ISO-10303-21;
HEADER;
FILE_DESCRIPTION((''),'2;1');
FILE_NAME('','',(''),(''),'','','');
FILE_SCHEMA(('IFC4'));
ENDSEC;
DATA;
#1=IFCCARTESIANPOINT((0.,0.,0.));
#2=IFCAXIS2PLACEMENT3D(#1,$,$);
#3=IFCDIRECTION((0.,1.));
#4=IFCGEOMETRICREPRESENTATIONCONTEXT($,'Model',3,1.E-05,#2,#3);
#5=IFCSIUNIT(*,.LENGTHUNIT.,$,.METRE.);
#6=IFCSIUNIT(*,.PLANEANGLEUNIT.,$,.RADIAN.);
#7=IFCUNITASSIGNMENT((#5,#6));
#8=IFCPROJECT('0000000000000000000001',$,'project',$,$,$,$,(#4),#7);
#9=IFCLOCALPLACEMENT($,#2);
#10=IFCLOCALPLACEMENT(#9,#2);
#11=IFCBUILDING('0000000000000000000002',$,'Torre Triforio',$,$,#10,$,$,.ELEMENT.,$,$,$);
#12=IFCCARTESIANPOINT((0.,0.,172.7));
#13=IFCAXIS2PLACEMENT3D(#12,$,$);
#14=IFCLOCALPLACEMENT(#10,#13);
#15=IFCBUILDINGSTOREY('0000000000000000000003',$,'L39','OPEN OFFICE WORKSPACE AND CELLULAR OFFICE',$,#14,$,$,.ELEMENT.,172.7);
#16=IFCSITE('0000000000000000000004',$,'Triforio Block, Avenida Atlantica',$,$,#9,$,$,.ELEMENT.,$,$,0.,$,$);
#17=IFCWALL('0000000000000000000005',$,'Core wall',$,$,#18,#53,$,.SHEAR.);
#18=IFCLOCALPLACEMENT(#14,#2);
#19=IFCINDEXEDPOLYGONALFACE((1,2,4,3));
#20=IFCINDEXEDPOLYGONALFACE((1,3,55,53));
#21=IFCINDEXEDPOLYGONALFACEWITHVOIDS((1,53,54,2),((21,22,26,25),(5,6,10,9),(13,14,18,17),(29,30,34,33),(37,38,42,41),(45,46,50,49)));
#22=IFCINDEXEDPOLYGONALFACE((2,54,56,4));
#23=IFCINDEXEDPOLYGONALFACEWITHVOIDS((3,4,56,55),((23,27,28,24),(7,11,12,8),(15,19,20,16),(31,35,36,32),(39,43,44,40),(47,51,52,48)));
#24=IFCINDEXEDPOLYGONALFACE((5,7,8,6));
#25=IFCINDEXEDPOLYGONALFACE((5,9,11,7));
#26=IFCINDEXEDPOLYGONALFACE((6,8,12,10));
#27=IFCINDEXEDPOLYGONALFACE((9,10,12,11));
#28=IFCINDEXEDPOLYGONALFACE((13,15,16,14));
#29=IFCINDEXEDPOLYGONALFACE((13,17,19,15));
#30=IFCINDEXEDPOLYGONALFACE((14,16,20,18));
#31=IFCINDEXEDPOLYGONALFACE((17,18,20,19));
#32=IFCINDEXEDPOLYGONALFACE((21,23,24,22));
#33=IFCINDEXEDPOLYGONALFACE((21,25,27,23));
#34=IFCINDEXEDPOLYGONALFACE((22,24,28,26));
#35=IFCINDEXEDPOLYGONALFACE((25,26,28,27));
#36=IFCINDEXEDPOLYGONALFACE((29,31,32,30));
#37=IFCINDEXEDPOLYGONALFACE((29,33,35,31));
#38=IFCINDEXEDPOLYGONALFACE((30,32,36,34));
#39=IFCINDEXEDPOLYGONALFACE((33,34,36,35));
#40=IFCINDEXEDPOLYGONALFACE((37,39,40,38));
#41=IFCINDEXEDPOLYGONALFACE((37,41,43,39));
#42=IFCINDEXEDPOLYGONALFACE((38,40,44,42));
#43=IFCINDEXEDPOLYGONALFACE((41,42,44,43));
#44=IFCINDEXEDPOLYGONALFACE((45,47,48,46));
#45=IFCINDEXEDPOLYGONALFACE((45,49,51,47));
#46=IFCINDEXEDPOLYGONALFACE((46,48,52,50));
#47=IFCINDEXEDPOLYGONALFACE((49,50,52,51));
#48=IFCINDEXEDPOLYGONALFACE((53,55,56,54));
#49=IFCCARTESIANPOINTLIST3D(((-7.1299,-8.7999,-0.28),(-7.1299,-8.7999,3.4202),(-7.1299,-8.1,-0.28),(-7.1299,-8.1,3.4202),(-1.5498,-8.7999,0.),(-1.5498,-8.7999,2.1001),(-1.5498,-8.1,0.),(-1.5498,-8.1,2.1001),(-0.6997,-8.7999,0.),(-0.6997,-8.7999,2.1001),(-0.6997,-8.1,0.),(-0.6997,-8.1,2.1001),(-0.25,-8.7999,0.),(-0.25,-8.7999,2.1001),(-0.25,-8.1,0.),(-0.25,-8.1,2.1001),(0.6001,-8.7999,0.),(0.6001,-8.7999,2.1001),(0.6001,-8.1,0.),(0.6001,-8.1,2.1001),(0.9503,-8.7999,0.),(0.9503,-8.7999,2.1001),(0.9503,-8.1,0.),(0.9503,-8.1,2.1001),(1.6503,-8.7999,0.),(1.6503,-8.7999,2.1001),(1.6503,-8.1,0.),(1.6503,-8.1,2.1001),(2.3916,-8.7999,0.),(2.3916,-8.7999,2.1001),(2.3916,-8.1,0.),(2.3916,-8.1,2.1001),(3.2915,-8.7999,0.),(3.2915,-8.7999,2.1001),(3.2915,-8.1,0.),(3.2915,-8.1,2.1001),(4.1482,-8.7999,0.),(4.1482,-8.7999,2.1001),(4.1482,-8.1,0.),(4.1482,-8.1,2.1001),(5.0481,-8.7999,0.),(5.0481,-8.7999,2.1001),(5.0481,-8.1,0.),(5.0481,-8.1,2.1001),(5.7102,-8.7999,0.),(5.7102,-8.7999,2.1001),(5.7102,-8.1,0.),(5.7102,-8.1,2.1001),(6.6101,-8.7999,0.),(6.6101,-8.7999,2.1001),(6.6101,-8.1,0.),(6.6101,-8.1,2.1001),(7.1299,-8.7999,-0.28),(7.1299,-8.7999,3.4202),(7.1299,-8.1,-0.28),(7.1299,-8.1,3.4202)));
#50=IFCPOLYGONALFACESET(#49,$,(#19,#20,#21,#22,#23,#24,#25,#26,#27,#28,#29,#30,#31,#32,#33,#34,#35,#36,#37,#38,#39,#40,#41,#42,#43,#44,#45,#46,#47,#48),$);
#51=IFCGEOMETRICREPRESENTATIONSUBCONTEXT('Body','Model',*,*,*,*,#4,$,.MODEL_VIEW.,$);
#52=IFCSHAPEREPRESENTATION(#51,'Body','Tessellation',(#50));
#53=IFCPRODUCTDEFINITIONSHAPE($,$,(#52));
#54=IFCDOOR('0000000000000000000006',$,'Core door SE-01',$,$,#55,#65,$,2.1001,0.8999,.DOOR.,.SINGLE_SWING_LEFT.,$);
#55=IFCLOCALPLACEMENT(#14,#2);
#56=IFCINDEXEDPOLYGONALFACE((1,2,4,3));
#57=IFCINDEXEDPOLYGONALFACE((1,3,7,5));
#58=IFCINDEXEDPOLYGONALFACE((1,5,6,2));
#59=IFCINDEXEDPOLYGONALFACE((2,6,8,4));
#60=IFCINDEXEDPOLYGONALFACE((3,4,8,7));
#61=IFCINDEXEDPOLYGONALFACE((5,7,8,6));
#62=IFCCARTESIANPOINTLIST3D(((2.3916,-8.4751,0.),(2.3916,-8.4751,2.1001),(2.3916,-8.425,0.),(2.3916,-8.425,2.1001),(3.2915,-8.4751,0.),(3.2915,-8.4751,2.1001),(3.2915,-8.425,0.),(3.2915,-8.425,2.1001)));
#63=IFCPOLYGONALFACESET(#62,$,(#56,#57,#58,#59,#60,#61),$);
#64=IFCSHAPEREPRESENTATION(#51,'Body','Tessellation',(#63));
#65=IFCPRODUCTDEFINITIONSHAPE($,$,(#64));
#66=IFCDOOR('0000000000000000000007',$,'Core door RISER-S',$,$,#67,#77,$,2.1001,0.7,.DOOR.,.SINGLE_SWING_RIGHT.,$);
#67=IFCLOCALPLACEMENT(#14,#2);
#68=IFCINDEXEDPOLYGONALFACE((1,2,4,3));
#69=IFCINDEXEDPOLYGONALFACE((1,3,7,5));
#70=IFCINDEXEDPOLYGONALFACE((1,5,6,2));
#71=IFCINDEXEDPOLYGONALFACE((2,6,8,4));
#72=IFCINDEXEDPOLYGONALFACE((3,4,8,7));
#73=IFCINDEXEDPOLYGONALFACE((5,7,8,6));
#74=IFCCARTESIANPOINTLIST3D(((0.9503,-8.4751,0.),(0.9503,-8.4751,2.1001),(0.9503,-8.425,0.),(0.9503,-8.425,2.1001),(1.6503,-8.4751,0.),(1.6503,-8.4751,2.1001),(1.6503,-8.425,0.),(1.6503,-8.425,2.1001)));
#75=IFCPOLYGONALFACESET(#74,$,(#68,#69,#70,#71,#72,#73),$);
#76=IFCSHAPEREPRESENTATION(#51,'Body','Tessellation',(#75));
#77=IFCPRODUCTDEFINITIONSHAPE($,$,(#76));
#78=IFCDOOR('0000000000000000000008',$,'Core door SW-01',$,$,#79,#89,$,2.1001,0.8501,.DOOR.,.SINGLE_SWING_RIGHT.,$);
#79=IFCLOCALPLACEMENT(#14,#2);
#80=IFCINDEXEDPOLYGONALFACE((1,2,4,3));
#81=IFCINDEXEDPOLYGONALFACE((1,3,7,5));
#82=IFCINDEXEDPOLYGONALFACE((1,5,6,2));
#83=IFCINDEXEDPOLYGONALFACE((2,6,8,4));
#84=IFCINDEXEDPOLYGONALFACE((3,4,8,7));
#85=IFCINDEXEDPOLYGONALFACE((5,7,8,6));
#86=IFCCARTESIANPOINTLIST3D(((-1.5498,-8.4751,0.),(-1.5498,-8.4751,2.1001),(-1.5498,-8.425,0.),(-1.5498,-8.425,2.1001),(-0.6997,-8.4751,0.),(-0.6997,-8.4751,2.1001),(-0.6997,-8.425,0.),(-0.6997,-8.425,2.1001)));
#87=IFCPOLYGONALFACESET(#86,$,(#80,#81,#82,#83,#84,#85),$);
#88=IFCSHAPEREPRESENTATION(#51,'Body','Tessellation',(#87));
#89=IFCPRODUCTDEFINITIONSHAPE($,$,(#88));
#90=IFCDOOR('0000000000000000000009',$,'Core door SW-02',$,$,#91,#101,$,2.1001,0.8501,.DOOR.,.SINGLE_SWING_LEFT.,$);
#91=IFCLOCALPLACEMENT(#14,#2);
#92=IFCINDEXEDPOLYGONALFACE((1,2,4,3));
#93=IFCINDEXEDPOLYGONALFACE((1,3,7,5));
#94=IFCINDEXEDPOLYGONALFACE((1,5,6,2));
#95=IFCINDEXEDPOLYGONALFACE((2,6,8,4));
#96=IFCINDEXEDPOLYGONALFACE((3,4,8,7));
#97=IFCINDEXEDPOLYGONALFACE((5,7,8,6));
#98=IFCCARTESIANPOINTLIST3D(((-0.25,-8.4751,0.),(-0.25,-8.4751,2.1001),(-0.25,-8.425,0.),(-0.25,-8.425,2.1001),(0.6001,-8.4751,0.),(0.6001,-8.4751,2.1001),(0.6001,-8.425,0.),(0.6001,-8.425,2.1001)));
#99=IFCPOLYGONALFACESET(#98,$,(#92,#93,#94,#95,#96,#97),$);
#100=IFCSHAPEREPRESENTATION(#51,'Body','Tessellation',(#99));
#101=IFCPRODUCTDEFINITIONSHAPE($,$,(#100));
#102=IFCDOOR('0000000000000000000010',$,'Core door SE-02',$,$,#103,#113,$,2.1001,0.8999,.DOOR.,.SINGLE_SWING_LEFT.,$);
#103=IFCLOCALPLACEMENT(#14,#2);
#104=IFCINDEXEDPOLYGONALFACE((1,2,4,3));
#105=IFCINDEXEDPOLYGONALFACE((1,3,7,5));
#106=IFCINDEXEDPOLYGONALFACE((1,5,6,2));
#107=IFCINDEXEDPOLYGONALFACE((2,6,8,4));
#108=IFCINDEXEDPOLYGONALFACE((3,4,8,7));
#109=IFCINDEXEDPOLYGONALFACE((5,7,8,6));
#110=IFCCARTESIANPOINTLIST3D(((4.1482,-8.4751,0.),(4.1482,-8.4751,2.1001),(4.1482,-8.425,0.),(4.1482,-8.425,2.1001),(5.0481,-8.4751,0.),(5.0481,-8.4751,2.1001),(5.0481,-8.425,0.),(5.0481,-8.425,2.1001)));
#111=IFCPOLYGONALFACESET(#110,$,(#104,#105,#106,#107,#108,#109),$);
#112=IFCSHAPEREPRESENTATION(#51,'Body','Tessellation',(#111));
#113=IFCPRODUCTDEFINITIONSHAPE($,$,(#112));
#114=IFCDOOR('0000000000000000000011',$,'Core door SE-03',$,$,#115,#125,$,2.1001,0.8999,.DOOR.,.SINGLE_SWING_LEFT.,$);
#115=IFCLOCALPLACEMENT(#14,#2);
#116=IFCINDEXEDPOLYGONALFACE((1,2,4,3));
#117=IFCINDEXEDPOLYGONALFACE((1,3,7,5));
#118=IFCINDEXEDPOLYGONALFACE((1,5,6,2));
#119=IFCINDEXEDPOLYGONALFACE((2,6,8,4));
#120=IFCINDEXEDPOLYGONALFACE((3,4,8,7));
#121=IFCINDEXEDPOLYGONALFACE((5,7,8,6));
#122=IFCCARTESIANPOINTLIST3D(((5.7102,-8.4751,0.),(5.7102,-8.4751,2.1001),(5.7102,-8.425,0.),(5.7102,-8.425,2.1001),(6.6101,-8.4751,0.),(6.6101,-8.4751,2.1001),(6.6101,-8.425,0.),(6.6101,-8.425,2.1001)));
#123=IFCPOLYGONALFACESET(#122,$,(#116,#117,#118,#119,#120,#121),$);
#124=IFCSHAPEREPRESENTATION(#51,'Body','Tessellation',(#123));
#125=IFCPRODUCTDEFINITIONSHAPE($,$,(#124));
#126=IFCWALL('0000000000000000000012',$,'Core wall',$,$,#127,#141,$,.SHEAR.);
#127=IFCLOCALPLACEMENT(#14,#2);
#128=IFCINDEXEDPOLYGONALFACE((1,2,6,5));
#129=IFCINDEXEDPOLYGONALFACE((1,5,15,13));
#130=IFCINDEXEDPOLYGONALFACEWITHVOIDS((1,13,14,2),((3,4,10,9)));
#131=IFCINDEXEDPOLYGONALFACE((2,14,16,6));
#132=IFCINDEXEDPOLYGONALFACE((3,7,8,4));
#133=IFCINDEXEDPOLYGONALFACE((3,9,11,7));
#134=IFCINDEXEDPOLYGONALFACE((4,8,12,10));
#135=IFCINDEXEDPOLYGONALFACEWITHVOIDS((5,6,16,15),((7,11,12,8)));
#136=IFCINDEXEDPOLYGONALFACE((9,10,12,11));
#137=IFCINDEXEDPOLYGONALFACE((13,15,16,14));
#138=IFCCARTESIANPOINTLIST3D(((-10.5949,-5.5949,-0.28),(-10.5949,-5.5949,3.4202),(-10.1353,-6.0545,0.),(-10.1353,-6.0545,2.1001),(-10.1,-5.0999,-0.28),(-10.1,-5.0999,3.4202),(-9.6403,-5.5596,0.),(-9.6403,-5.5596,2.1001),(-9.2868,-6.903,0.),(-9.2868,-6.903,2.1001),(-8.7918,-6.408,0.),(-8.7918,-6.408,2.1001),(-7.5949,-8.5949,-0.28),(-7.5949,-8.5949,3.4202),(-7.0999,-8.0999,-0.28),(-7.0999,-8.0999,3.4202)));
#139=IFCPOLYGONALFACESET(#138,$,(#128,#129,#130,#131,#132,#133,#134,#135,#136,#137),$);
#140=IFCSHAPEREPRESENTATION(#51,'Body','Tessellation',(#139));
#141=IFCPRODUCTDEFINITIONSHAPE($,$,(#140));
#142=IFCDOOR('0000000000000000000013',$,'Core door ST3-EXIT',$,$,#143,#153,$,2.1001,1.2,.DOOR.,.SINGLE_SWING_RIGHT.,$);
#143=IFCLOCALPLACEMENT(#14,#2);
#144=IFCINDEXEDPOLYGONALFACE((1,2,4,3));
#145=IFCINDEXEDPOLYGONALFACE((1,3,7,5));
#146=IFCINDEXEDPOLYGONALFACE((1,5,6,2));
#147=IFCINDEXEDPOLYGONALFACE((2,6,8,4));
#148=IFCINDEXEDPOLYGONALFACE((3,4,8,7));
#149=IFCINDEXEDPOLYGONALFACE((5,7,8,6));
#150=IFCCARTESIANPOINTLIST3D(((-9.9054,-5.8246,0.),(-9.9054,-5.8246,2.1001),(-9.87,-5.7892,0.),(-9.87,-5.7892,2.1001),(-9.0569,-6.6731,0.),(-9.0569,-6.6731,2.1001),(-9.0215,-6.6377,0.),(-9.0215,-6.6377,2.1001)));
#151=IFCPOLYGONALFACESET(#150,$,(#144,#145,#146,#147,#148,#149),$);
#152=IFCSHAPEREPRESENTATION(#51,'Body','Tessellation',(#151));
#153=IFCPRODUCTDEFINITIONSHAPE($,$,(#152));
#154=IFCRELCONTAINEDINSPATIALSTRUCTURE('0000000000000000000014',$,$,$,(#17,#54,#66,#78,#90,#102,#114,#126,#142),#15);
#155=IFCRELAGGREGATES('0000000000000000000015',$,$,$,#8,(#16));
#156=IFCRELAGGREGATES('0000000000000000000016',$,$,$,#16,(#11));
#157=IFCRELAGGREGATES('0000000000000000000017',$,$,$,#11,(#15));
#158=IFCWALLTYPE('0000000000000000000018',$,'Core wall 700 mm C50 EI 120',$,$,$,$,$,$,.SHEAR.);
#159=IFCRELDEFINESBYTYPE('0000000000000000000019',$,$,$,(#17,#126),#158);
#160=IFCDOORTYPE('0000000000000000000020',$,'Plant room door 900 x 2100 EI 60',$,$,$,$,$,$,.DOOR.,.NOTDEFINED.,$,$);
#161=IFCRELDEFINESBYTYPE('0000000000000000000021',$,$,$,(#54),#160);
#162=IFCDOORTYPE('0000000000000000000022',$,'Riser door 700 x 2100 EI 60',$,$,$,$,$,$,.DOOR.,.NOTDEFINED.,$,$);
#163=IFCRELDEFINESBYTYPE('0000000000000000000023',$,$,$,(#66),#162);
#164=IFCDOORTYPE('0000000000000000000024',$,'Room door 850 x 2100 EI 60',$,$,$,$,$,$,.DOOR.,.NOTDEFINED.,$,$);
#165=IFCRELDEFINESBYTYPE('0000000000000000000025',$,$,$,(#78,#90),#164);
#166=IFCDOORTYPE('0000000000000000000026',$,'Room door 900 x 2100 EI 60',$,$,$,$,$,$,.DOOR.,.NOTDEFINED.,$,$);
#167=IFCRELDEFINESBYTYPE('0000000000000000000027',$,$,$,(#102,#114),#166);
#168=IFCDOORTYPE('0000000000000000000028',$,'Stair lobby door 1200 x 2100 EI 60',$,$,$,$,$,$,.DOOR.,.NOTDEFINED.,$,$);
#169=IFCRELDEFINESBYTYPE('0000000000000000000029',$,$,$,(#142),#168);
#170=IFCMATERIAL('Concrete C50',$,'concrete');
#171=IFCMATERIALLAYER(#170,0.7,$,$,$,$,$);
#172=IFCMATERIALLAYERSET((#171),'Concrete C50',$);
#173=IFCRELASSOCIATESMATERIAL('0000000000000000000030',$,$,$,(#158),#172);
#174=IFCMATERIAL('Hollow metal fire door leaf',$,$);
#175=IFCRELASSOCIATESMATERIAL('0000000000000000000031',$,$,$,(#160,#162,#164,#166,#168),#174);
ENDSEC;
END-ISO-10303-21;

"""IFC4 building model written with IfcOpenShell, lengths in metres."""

from ifc_helpers import new_model, si_unit, direction, frame, frame_2d, origin, place, context, subcontext, project, spatial, rectangle, extrude, material, layer, layer_set, type_object, element, fill, save


model = new_model("IFC4")

# Units and contexts
model_context = context("Model", 3, precision=1e-05, world=origin(), true_north=direction((0.0, 1.0)))
body_context = subcontext(model_context, "Body", "Model", "MODEL_VIEW")
ifc_project = project(units=[si_unit("LENGTHUNIT", "METRE"), si_unit("PLANEANGLEUNIT", "RADIAN")], contexts=[model_context])

# Site, building, storey
site_placement = place(None, origin())
site = spatial("IfcSite", under=ifc_project, at=site_placement, Name="Triforio Block, Avenida Atlantica", CompositionType="ELEMENT", RefElevation=0.0)
building_placement = place(site_placement, origin())
building = spatial("IfcBuilding", under=site, at=building_placement, Name="Torre Triforio", CompositionType="ELEMENT")
storey_placement = place(building_placement, frame((0.0, 0.0, 172.7)))
storey = spatial("IfcBuildingStorey", under=building, at=storey_placement, Name="L39", Description="OPEN OFFICE WORKSPACE AND CELLULAR OFFICE", CompositionType="ELEMENT", Elevation=172.7)

# Shared definitions
ifc_material_1 = material(Name="Concrete C50", Category="concrete")

# Wall, openings, doors
ifc_layer_1 = layer(ifc_material_1, 0.7)
ifc_layer_set_1 = layer_set([ifc_layer_1], Name="Concrete C50")
wall_type_1 = type_object("IfcWallType", Name="Core wall 700 mm C50 EI 120", PredefinedType="SHEAR", material=ifc_layer_set_1)
wall_1_placement = place(storey_placement, frame((-7.1299, -8.45, -0.28), z_axis=(0.0, 0.0, 1.0), x_axis=(1.0, 0.0, 0.0)))
wall_1 = element("IfcWall", 1, at=wall_1_placement, inside=storey, type_object=wall_type_1, Name="Core wall", PredefinedType="SHEAR", context=body_context, shape_type="SweptSolid", body=[
    extrude(rectangle(XDim=14.2598, YDim=0.7, at=frame_2d((7.1299, 0.0))), origin(), (0.0, 0.0, 1.0), 3.7002),
])
opening_1_placement = place(wall_1_placement, frame((8.0801, 0.0, 0.28)))
opening_1 = element("IfcOpeningElement", 2, at=opening_1_placement, cuts=wall_1, PredefinedType="OPENING", context=body_context, shape_type="SweptSolid", body=[
    extrude(rectangle(XDim=0.7, YDim=2.1001, at=frame_2d((0.3501, 1.05))), frame((0.0, 0.3599, 0.0), z_axis=(0.0, -1.0, 0.0), x_axis=(1.0, 0.0, 0.0)), (0.0, 0.0, 1.0), 0.72),
])
opening_2_placement = place(wall_1_placement, frame((5.5801, 0.0, 0.28)))
opening_2 = element("IfcOpeningElement", 3, at=opening_2_placement, cuts=wall_1, PredefinedType="OPENING", context=body_context, shape_type="SweptSolid", body=[
    extrude(rectangle(XDim=0.8501, YDim=2.1001, at=frame_2d((0.425, 1.05))), frame((0.0, 0.3599, 0.0), z_axis=(0.0, -1.0, 0.0), x_axis=(1.0, 0.0, 0.0)), (0.0, 0.0, 1.0), 0.72),
])
opening_3_placement = place(wall_1_placement, frame((6.8799, 0.0, 0.28)))
opening_3 = element("IfcOpeningElement", 4, at=opening_3_placement, cuts=wall_1, PredefinedType="OPENING", context=body_context, shape_type="SweptSolid", body=[
    extrude(rectangle(XDim=0.8501, YDim=2.1001, at=frame_2d((0.425, 1.05))), frame((0.0, 0.3599, 0.0), z_axis=(0.0, -1.0, 0.0), x_axis=(1.0, 0.0, 0.0)), (0.0, 0.0, 1.0), 0.72),
])
opening_4_placement = place(wall_1_placement, frame((9.5215, 0.0, 0.28)))
opening_4 = element("IfcOpeningElement", 5, at=opening_4_placement, cuts=wall_1, PredefinedType="OPENING", context=body_context, shape_type="SweptSolid", body=[
    extrude(rectangle(XDim=0.8999, YDim=2.1001, at=frame_2d((0.45, 1.05))), frame((0.0, 0.3599, 0.0), z_axis=(0.0, -1.0, 0.0), x_axis=(1.0, 0.0, 0.0)), (0.0, 0.0, 1.0), 0.72),
])
opening_5_placement = place(wall_1_placement, frame((11.2781, 0.0, 0.28)))
opening_5 = element("IfcOpeningElement", 6, at=opening_5_placement, cuts=wall_1, PredefinedType="OPENING", context=body_context, shape_type="SweptSolid", body=[
    extrude(rectangle(XDim=0.8999, YDim=2.1001, at=frame_2d((0.45, 1.05))), frame((0.0, 0.3599, 0.0), z_axis=(0.0, -1.0, 0.0), x_axis=(1.0, 0.0, 0.0)), (0.0, 0.0, 1.0), 0.72),
])
opening_6_placement = place(wall_1_placement, frame((12.8401, 0.0, 0.28)))
opening_6 = element("IfcOpeningElement", 7, at=opening_6_placement, cuts=wall_1, PredefinedType="OPENING", context=body_context, shape_type="SweptSolid", body=[
    extrude(rectangle(XDim=0.8999, YDim=2.1001, at=frame_2d((0.45, 1.05))), frame((0.0, 0.3599, 0.0), z_axis=(0.0, -1.0, 0.0), x_axis=(1.0, 0.0, 0.0)), (0.0, 0.0, 1.0), 0.72),
])
ifc_material_2 = material(Name="Hollow metal fire door leaf")
door_type_1 = type_object("IfcDoorType", Name="Plant room door 900 x 2100 EI 60", OperationType="NOTDEFINED", PredefinedType="DOOR", material=ifc_material_2)
door_1_placement = place(opening_4_placement, origin())
door_1 = element("IfcDoor", 8, at=door_1_placement, inside=storey, type_object=door_type_1, Name="Core door SE-01", OperationType="SINGLE_SWING_LEFT", OverallHeight=2.1001, OverallWidth=0.8999, PredefinedType="DOOR", context=body_context, shape_type="SweptSolid", body=[
    extrude(rectangle(XDim=0.8999, YDim=2.1001, at=frame_2d((0.45, 1.05))), frame((0.0, 0.0249, 0.0), z_axis=(0.0, -1.0, 0.0), x_axis=(1.0, 0.0, 0.0)), (0.0, 0.0, 1.0), 0.05),
])
fill(opening_4, door_1)
door_type_2 = type_object("IfcDoorType", Name="Riser door 700 x 2100 EI 60", OperationType="NOTDEFINED", PredefinedType="DOOR", material=ifc_material_2)
door_2_placement = place(opening_1_placement, origin())
door_2 = element("IfcDoor", 9, at=door_2_placement, inside=storey, type_object=door_type_2, Name="Core door RISER-S", OperationType="SINGLE_SWING_RIGHT", OverallHeight=2.1001, OverallWidth=0.7, PredefinedType="DOOR", context=body_context, shape_type="SweptSolid", body=[
    extrude(rectangle(XDim=0.7, YDim=2.1001, at=frame_2d((0.3501, 1.05))), frame((0.0, 0.0249, 0.0), z_axis=(0.0, -1.0, 0.0), x_axis=(1.0, 0.0, 0.0)), (0.0, 0.0, 1.0), 0.05),
])
fill(opening_1, door_2)
door_type_3 = type_object("IfcDoorType", Name="Room door 850 x 2100 EI 60", OperationType="NOTDEFINED", PredefinedType="DOOR", material=ifc_material_2)
door_3_placement = place(opening_2_placement, origin())
door_3 = element("IfcDoor", 10, at=door_3_placement, inside=storey, type_object=door_type_3, Name="Core door SW-01", OperationType="SINGLE_SWING_RIGHT", OverallHeight=2.1001, OverallWidth=0.8501, PredefinedType="DOOR", context=body_context, shape_type="SweptSolid", body=[
    extrude(rectangle(XDim=0.8501, YDim=2.1001, at=frame_2d((0.425, 1.05))), frame((0.0, 0.0249, 0.0), z_axis=(0.0, -1.0, 0.0), x_axis=(1.0, 0.0, 0.0)), (0.0, 0.0, 1.0), 0.05),
])
fill(opening_2, door_3)
door_4_placement = place(opening_3_placement, origin())
door_4 = element("IfcDoor", 11, at=door_4_placement, inside=storey, type_object=door_type_3, Name="Core door SW-02", OperationType="SINGLE_SWING_LEFT", OverallHeight=2.1001, OverallWidth=0.8501, PredefinedType="DOOR", context=body_context, shape_type="SweptSolid", body=[
    extrude(rectangle(XDim=0.8501, YDim=2.1001, at=frame_2d((0.425, 1.05))), frame((0.0, 0.0249, 0.0), z_axis=(0.0, -1.0, 0.0), x_axis=(1.0, 0.0, 0.0)), (0.0, 0.0, 1.0), 0.05),
])
fill(opening_3, door_4)
door_type_4 = type_object("IfcDoorType", Name="Room door 900 x 2100 EI 60", OperationType="NOTDEFINED", PredefinedType="DOOR", material=ifc_material_2)
door_5_placement = place(opening_5_placement, origin())
door_5 = element("IfcDoor", 12, at=door_5_placement, inside=storey, type_object=door_type_4, Name="Core door SE-02", OperationType="SINGLE_SWING_LEFT", OverallHeight=2.1001, OverallWidth=0.8999, PredefinedType="DOOR", context=body_context, shape_type="SweptSolid", body=[
    extrude(rectangle(XDim=0.8999, YDim=2.1001, at=frame_2d((0.45, 1.05))), frame((0.0, 0.0249, 0.0), z_axis=(0.0, -1.0, 0.0), x_axis=(1.0, 0.0, 0.0)), (0.0, 0.0, 1.0), 0.05),
])
fill(opening_5, door_5)
door_6_placement = place(opening_6_placement, origin())
door_6 = element("IfcDoor", 13, at=door_6_placement, inside=storey, type_object=door_type_4, Name="Core door SE-03", OperationType="SINGLE_SWING_LEFT", OverallHeight=2.1001, OverallWidth=0.8999, PredefinedType="DOOR", context=body_context, shape_type="SweptSolid", body=[
    extrude(rectangle(XDim=0.8999, YDim=2.1001, at=frame_2d((0.45, 1.05))), frame((0.0, 0.0249, 0.0), z_axis=(0.0, -1.0, 0.0), x_axis=(1.0, 0.0, 0.0)), (0.0, 0.0, 1.0), 0.05),
])
fill(opening_6, door_6)

# Wall, opening, door
wall_2_placement = place(storey_placement, frame((-7.3474, -8.3474, -0.28), z_axis=(0.0, 0.0, 1.0), x_axis=(-0.707107, 0.707107, 0.0)))
wall_2 = element("IfcWall", 14, at=wall_2_placement, inside=storey, type_object=wall_type_1, Name="Core wall", PredefinedType="SHEAR", context=body_context, shape_type="SweptSolid", body=[
    extrude(rectangle(XDim=4.2427, YDim=0.7, at=frame_2d((2.1213, 0.0))), origin(), (0.0, 0.0, 1.0), 3.7002),
])
opening_7_placement = place(wall_2_placement, frame((2.3926, 0.0, 0.28)))
opening_7 = element("IfcOpeningElement", 15, at=opening_7_placement, cuts=wall_2, PredefinedType="OPENING", context=body_context, shape_type="SweptSolid", body=[
    extrude(rectangle(XDim=1.2, YDim=2.1001, at=frame_2d((0.6001, 1.05))), frame((0.0, 0.3599, 0.0), z_axis=(0.0, -1.0, 0.0), x_axis=(1.0, 0.0, 0.0)), (0.0, 0.0, 1.0), 0.72),
])
door_type_5 = type_object("IfcDoorType", Name="Stair lobby door 1200 x 2100 EI 60", OperationType="NOTDEFINED", PredefinedType="DOOR", material=ifc_material_2)
door_7_placement = place(opening_7_placement, origin())
door_7 = element("IfcDoor", 16, at=door_7_placement, inside=storey, type_object=door_type_5, Name="Core door ST3-EXIT", OperationType="SINGLE_SWING_RIGHT", OverallHeight=2.1001, OverallWidth=1.2, PredefinedType="DOOR", context=body_context, shape_type="SweptSolid", body=[
    extrude(rectangle(XDim=1.2, YDim=2.1001, at=frame_2d((0.6001, 1.05))), frame((0.0, 0.0249, 0.0), z_axis=(0.0, -1.0, 0.0), x_axis=(1.0, 0.0, 0.0)), (0.0, 0.0, 1.0), 0.05),
])
fill(opening_7, door_7)

save(model, "model.ifc")
